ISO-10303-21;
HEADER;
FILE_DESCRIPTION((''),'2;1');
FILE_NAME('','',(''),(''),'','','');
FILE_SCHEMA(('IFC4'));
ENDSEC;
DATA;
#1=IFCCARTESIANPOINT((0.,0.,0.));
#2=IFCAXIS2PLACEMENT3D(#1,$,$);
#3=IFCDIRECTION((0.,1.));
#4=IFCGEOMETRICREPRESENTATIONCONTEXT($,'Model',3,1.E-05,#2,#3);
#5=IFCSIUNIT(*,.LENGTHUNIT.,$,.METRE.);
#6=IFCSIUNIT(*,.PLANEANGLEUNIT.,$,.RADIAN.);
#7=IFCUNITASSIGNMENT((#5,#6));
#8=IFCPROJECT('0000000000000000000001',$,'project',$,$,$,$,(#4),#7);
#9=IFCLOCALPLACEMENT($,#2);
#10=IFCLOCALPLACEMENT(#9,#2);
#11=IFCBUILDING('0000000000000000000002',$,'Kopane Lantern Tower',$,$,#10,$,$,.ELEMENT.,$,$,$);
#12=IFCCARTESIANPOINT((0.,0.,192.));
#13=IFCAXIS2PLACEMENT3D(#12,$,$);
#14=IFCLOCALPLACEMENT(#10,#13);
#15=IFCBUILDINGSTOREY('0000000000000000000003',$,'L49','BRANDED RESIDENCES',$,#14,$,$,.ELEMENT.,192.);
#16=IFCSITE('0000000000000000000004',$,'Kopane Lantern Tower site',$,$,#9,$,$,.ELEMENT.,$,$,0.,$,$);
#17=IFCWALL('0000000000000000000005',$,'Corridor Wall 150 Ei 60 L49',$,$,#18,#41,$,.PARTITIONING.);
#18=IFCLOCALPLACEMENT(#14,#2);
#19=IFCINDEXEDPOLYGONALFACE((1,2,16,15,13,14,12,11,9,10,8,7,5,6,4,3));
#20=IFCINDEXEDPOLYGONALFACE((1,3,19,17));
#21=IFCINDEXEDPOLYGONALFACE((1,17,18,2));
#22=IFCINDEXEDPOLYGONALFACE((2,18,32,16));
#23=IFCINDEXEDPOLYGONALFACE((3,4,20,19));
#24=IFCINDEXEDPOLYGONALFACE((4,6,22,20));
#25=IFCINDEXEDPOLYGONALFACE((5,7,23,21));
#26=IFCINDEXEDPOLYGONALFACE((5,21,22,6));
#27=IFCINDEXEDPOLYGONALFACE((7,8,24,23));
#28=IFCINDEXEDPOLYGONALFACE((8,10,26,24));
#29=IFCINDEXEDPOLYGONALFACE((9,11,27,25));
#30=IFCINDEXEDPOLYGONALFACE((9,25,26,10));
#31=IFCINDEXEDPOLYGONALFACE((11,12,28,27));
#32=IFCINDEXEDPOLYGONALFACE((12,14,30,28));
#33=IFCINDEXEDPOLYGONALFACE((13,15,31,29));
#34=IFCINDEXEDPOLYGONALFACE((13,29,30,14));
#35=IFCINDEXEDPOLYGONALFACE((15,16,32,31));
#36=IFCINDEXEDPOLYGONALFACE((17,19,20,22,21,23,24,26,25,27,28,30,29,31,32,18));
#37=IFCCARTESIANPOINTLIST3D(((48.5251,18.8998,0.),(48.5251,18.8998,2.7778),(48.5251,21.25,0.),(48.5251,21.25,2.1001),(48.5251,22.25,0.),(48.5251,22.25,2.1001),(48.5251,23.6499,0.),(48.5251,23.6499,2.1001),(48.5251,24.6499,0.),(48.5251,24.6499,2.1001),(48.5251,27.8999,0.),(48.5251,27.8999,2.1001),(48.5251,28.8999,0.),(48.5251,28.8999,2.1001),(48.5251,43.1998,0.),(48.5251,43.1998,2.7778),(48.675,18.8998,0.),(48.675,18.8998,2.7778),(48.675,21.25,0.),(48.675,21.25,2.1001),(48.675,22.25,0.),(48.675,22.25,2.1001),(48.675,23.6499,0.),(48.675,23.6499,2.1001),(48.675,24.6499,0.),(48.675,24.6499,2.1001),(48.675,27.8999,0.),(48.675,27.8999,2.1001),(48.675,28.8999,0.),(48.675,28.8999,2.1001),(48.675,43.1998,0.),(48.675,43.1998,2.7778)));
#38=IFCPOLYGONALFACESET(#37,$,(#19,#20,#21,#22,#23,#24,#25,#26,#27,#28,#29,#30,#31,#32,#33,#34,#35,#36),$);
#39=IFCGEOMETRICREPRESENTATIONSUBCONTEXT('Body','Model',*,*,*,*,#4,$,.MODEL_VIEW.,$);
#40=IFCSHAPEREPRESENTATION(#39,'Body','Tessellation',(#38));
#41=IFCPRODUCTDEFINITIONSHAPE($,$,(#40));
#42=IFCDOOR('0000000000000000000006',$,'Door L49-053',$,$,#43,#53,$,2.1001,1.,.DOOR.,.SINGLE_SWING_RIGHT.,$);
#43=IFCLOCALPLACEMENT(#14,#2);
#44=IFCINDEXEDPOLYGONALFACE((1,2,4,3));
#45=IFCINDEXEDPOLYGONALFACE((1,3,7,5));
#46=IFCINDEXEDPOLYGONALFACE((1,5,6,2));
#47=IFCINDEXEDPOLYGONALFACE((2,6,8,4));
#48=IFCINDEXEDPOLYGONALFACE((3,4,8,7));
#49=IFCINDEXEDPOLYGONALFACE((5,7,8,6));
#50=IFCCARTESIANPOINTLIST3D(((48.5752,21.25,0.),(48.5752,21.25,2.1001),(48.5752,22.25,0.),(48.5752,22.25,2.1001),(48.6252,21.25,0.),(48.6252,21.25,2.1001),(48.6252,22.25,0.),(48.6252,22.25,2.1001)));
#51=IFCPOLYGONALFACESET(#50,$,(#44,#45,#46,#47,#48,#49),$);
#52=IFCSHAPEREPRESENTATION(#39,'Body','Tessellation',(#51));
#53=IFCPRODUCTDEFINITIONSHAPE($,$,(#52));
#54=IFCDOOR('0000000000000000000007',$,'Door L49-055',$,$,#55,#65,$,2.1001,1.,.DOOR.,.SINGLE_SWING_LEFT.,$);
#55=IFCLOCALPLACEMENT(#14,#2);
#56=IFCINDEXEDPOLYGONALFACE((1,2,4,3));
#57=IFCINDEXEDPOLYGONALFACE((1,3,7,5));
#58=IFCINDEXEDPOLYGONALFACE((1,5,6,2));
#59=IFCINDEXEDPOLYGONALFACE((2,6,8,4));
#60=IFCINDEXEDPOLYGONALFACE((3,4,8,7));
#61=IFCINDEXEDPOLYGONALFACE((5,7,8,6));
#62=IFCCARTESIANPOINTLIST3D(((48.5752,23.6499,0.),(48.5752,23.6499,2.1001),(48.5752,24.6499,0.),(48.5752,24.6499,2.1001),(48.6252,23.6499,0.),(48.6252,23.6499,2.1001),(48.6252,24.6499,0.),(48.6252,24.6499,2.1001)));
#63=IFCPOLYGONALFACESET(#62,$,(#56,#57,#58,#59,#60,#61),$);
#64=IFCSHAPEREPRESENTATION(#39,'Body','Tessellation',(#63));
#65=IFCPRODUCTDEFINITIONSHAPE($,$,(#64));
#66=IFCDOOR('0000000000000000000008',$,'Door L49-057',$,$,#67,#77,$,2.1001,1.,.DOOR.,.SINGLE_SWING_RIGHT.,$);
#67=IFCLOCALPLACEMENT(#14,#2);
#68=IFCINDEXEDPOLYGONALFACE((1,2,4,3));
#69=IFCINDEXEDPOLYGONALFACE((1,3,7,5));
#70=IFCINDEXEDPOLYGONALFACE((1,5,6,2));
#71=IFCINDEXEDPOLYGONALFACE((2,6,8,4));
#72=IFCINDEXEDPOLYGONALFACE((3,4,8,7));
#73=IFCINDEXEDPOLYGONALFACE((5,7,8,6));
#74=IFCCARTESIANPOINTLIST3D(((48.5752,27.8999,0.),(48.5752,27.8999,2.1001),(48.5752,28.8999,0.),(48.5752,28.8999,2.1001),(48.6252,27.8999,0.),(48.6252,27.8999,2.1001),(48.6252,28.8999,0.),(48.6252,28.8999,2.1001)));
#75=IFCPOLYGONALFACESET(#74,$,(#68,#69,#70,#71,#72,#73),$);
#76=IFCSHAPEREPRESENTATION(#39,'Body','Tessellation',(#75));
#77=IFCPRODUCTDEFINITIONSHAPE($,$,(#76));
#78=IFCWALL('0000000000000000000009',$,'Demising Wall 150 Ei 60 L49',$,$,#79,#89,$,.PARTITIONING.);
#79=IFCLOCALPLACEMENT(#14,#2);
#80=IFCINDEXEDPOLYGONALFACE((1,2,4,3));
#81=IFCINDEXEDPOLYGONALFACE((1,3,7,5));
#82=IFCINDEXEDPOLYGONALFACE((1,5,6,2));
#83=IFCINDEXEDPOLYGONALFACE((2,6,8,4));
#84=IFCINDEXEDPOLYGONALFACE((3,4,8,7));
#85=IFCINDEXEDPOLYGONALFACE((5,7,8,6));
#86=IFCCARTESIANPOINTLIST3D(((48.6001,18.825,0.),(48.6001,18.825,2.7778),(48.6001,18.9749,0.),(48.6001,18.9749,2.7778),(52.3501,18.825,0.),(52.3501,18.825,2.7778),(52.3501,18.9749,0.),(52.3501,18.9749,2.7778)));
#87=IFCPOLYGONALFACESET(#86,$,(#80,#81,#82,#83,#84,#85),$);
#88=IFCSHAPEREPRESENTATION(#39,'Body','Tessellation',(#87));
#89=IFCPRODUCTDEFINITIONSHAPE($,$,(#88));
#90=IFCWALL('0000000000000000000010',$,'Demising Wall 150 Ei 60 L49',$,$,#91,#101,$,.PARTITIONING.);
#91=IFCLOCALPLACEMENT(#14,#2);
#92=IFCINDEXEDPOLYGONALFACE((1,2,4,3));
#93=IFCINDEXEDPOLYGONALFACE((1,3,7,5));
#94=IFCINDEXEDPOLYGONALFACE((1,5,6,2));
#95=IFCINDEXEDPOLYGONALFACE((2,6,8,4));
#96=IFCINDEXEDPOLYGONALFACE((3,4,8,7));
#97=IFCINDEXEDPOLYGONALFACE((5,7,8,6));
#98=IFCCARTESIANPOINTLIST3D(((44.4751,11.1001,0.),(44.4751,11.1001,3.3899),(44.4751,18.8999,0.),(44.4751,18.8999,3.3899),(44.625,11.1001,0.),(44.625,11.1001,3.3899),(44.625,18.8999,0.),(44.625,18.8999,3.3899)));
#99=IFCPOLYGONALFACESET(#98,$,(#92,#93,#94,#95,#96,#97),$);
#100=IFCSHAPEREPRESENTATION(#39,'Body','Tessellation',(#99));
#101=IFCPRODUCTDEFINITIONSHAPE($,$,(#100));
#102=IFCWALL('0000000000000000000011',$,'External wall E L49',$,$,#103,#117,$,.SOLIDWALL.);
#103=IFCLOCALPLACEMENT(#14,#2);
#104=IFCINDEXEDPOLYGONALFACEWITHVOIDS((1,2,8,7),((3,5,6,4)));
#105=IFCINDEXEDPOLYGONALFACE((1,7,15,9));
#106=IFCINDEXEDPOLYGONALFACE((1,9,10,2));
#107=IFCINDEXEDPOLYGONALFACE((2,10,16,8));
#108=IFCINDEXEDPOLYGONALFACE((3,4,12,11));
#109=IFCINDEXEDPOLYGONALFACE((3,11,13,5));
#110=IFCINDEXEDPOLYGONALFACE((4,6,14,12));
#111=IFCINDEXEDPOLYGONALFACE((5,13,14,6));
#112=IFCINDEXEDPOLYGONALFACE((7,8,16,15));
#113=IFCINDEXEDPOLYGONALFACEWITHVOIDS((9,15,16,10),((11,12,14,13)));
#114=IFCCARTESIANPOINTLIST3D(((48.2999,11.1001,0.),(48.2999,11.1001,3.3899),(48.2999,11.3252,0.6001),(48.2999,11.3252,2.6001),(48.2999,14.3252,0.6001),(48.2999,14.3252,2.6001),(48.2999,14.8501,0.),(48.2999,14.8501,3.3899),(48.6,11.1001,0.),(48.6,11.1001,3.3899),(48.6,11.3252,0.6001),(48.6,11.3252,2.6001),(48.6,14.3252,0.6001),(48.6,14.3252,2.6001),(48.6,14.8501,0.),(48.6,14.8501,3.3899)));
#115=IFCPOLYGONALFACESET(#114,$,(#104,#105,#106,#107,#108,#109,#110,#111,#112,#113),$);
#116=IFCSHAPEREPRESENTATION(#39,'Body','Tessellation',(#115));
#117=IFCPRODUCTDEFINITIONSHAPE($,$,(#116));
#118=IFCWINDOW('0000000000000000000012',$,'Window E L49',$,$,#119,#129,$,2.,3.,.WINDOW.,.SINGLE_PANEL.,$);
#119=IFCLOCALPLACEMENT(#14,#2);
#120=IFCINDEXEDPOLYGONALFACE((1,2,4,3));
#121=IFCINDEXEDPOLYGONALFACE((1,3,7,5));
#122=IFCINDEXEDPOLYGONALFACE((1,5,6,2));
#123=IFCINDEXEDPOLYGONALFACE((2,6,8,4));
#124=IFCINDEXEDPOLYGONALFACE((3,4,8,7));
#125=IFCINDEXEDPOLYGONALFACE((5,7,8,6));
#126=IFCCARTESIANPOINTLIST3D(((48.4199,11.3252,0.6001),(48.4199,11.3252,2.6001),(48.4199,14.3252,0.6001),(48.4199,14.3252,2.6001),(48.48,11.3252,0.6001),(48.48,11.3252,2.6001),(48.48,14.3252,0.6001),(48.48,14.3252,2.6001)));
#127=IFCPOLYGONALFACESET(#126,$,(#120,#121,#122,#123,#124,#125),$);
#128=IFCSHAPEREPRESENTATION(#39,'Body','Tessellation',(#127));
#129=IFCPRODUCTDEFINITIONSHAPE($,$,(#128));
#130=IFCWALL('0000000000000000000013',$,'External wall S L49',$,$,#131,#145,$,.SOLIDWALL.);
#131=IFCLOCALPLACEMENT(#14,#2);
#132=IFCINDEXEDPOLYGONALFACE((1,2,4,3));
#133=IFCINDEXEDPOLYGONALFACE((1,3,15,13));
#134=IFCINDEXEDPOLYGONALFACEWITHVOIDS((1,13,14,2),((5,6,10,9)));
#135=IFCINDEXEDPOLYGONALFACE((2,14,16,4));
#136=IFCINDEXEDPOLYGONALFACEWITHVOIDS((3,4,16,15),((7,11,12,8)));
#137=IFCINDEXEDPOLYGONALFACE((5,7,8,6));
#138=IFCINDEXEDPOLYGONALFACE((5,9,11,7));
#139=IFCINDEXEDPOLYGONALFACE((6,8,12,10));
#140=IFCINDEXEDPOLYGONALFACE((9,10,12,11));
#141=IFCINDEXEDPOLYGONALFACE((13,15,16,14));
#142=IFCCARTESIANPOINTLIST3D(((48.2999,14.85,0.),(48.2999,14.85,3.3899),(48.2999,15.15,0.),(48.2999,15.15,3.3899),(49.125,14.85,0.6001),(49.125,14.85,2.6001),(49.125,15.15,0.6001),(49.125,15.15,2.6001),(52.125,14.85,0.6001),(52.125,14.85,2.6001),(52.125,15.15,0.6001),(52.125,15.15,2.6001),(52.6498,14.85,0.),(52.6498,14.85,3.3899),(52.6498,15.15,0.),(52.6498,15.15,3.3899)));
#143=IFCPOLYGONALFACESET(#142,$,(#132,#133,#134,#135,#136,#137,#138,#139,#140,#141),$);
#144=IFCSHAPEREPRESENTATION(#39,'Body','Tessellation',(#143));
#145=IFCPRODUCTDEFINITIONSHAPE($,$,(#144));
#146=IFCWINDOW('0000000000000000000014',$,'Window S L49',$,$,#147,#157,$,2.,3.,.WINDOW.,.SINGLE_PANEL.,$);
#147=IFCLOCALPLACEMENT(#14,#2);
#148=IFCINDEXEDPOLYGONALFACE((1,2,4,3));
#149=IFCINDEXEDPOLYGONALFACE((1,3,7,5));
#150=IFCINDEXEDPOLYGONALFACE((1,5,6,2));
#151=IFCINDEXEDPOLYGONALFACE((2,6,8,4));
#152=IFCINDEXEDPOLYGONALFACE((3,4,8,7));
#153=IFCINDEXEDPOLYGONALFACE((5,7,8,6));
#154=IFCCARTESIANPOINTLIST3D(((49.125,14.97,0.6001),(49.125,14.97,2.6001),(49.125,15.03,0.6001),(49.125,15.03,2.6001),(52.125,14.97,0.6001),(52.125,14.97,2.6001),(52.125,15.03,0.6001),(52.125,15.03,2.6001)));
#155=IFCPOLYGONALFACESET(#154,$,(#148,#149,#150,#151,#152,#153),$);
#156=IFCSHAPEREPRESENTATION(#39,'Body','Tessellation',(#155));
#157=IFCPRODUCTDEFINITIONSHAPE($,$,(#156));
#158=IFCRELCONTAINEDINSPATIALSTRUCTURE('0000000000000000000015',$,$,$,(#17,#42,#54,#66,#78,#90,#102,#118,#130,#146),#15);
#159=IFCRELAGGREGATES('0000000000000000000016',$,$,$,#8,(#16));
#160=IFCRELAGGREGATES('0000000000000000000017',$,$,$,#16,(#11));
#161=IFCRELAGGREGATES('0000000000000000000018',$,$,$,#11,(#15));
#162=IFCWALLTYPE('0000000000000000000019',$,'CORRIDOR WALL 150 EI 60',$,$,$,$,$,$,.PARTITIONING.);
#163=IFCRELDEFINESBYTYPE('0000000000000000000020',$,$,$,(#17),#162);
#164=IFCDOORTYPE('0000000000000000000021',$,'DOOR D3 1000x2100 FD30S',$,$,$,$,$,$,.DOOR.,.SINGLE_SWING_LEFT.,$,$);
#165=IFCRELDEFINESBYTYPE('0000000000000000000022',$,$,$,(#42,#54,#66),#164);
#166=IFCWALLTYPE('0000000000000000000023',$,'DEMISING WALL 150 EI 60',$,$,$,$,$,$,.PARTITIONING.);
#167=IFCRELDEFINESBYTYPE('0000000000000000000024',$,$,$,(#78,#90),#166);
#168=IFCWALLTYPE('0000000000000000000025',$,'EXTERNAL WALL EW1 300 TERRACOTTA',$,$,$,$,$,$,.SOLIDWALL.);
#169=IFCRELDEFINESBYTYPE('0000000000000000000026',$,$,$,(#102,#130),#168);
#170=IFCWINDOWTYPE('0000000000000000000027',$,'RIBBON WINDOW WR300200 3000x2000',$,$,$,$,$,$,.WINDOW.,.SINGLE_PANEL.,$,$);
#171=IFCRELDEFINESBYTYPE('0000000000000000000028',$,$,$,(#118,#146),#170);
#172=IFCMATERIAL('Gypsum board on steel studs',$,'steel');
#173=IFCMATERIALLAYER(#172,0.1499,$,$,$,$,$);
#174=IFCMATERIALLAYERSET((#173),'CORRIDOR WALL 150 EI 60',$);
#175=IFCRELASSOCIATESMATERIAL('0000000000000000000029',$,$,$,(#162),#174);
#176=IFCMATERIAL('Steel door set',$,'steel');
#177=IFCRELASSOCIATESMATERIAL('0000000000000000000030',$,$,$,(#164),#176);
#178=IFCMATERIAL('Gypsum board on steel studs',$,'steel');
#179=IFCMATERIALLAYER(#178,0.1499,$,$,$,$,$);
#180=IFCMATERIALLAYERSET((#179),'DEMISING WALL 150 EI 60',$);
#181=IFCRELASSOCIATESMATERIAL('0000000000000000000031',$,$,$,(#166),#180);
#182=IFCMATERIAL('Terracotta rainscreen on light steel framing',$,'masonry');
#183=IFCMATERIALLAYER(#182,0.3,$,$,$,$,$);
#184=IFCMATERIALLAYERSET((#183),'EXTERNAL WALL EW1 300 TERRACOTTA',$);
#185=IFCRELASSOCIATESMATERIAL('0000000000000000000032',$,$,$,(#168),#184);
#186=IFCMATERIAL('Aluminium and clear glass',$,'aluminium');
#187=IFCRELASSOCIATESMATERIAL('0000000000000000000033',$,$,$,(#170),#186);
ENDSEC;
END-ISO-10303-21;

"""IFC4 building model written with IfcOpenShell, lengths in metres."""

from ifc_helpers import new_model, si_unit, direction, frame, frame_2d, origin, place, context, subcontext, project, spatial, rectangle, extrude, material, layer, layer_set, type_object, element, fill, save


model = new_model("IFC4")

# Units and contexts
model_context = context("Model", 3, precision=1e-05, world=origin(), true_north=direction((0.0, 1.0)))
body_context = subcontext(model_context, "Body", "Model", "MODEL_VIEW")
ifc_project = project(units=[si_unit("LENGTHUNIT", "METRE"), si_unit("PLANEANGLEUNIT", "RADIAN")], contexts=[model_context])

# Site, building, storey
site_placement = place(None, origin())
site = spatial("IfcSite", under=ifc_project, at=site_placement, Name="Kopane Lantern Tower site", CompositionType="ELEMENT", RefElevation=0.0)
building_placement = place(site_placement, origin())
building = spatial("IfcBuilding", under=site, at=building_placement, Name="Kopane Lantern Tower", CompositionType="ELEMENT")
storey_placement = place(building_placement, frame((0.0, 0.0, 192.0)))
storey = spatial("IfcBuildingStorey", under=building, at=storey_placement, Name="L49", Description="BRANDED RESIDENCES", CompositionType="ELEMENT", Elevation=192.0)

# Wall, openings, doors
ifc_material_1 = material(Name="Gypsum board on steel studs", Category="steel")
ifc_layer_1 = layer(ifc_material_1, 0.1499)
ifc_layer_set_1 = layer_set([ifc_layer_1], Name="CORRIDOR WALL 150 EI 60")
wall_type_1 = type_object("IfcWallType", Name="CORRIDOR WALL 150 EI 60", PredefinedType="PARTITIONING", material=ifc_layer_set_1)
wall_1_placement = place(storey_placement, frame((48.6001, 18.8999, 0.0), z_axis=(0.0, 0.0, 1.0), x_axis=(0.0, 1.0, 0.0)))
wall_1 = element("IfcWall", 1, at=wall_1_placement, inside=storey, type_object=wall_type_1, Name="Corridor Wall 150 Ei 60 L49", PredefinedType="PARTITIONING", context=body_context, shape_type="SweptSolid", body=[
    extrude(rectangle(XDim=24.3, YDim=0.1499, at=frame_2d((12.1499, 0.0))), origin(), (0.0, 0.0, 1.0), 2.7778),
])
opening_1_placement = place(wall_1_placement, frame((2.3501, 0.0, 0.0)))
opening_1 = element("IfcOpeningElement", 2, at=opening_1_placement, cuts=wall_1, PredefinedType="OPENING", context=body_context, shape_type="SweptSolid", body=[
    extrude(rectangle(XDim=1.0, YDim=2.1001, at=frame_2d((0.5, 1.05))), frame((0.0, 0.085, 0.0), z_axis=(0.0, -1.0, 0.0), x_axis=(1.0, 0.0, 0.0)), (0.0, 0.0, 1.0), 0.1699),
])
opening_2_placement = place(wall_1_placement, frame((4.75, 0.0, 0.0)))
opening_2 = element("IfcOpeningElement", 3, at=opening_2_placement, cuts=wall_1, PredefinedType="OPENING", context=body_context, shape_type="SweptSolid", body=[
    extrude(rectangle(XDim=1.0, YDim=2.1001, at=frame_2d((0.5, 1.05))), frame((0.0, 0.085, 0.0), z_axis=(0.0, -1.0, 0.0), x_axis=(1.0, 0.0, 0.0)), (0.0, 0.0, 1.0), 0.1699),
])
opening_3_placement = place(wall_1_placement, frame((9.0, 0.0, 0.0)))
opening_3 = element("IfcOpeningElement", 4, at=opening_3_placement, cuts=wall_1, PredefinedType="OPENING", context=body_context, shape_type="SweptSolid", body=[
    extrude(rectangle(XDim=1.0, YDim=2.1001, at=frame_2d((0.5, 1.05))), frame((0.0, 0.085, 0.0), z_axis=(0.0, -1.0, 0.0), x_axis=(1.0, 0.0, 0.0)), (0.0, 0.0, 1.0), 0.1699),
])
ifc_material_2 = material(Name="Steel door set", Category="steel")
door_type_1 = type_object("IfcDoorType", Name="DOOR D3 1000x2100 FD30S", OperationType="SINGLE_SWING_LEFT", PredefinedType="DOOR", material=ifc_material_2)
door_1_placement = place(opening_1_placement, origin())
door_1 = element("IfcDoor", 5, at=door_1_placement, inside=storey, type_object=door_type_1, Name="Door L49-053", OperationType="SINGLE_SWING_RIGHT", OverallHeight=2.1001, OverallWidth=1.0, PredefinedType="DOOR", context=body_context, shape_type="SweptSolid", body=[
    extrude(rectangle(XDim=1.0, YDim=2.1001, at=frame_2d((0.5, 1.05))), frame((0.0, 0.0249, 0.0), z_axis=(0.0, -1.0, 0.0), x_axis=(1.0, 0.0, 0.0)), (0.0, 0.0, 1.0), 0.05),
])
fill(opening_1, door_1)
door_2_placement = place(opening_2_placement, origin())
door_2 = element("IfcDoor", 6, at=door_2_placement, inside=storey, type_object=door_type_1, Name="Door L49-055", OperationType="SINGLE_SWING_LEFT", OverallHeight=2.1001, OverallWidth=1.0, PredefinedType="DOOR", context=body_context, shape_type="SweptSolid", body=[
    extrude(rectangle(XDim=1.0, YDim=2.1001, at=frame_2d((0.5, 1.05))), frame((0.0, 0.0249, 0.0), z_axis=(0.0, -1.0, 0.0), x_axis=(1.0, 0.0, 0.0)), (0.0, 0.0, 1.0), 0.05),
])
fill(opening_2, door_2)
door_3_placement = place(opening_3_placement, origin())
door_3 = element("IfcDoor", 7, at=door_3_placement, inside=storey, type_object=door_type_1, Name="Door L49-057", OperationType="SINGLE_SWING_RIGHT", OverallHeight=2.1001, OverallWidth=1.0, PredefinedType="DOOR", context=body_context, shape_type="SweptSolid", body=[
    extrude(rectangle(XDim=1.0, YDim=2.1001, at=frame_2d((0.5, 1.05))), frame((0.0, 0.0249, 0.0), z_axis=(0.0, -1.0, 0.0), x_axis=(1.0, 0.0, 0.0)), (0.0, 0.0, 1.0), 0.05),
])
fill(opening_3, door_3)

# Walls
ifc_material_3 = material(Name="Gypsum board on steel studs", Category="steel")
ifc_layer_2 = layer(ifc_material_3, 0.1499)
ifc_layer_set_2 = layer_set([ifc_layer_2], Name="DEMISING WALL 150 EI 60")
wall_type_2 = type_object("IfcWallType", Name="DEMISING WALL 150 EI 60", PredefinedType="PARTITIONING", material=ifc_layer_set_2)
wall_2_placement = place(storey_placement, frame((48.6001, 18.8999, 0.0), z_axis=(0.0, 0.0, 1.0), x_axis=(1.0, 0.0, 0.0)))
element("IfcWall", 8, at=wall_2_placement, inside=storey, type_object=wall_type_2, Name="Demising Wall 150 Ei 60 L49", PredefinedType="PARTITIONING", context=body_context, shape_type="SweptSolid", body=[
    extrude(rectangle(XDim=3.75, YDim=0.1499, at=frame_2d((1.875, 0.0))), origin(), (0.0, 0.0, 1.0), 2.7778),
])
wall_3_placement = place(storey_placement, frame((44.55, 18.8999, 0.0), z_axis=(0.0, 0.0, 1.0), x_axis=(0.0, -1.0, 0.0)))
element("IfcWall", 9, at=wall_3_placement, inside=storey, type_object=wall_type_2, Name="Demising Wall 150 Ei 60 L49", PredefinedType="PARTITIONING", context=body_context, shape_type="SweptSolid", body=[
    extrude(rectangle(XDim=7.7998, YDim=0.1499, at=frame_2d((3.8999, 0.0))), origin(), (0.0, 0.0, 1.0), 3.3899),
])

# Walls, openings, windows
ifc_material_4 = material(Name="Terracotta rainscreen on light steel framing", Category="masonry")
ifc_layer_3 = layer(ifc_material_4, 0.3)
ifc_layer_set_3 = layer_set([ifc_layer_3], Name="EXTERNAL WALL EW1 300 TERRACOTTA")
wall_type_3 = type_object("IfcWallType", Name="EXTERNAL WALL EW1 300 TERRACOTTA", PredefinedType="SOLIDWALL", material=ifc_layer_set_3)
wall_4_placement = place(storey_placement, frame((48.45, 11.1001, 0.0), z_axis=(0.0, 0.0, 1.0), x_axis=(0.0, 1.0, 0.0)))
wall_4 = element("IfcWall", 10, at=wall_4_placement, inside=storey, type_object=wall_type_3, Name="External wall E L49", PredefinedType="SOLIDWALL", context=body_context, shape_type="SweptSolid", body=[
    extrude(rectangle(XDim=3.75, YDim=0.3, at=frame_2d((1.875, 0.0))), origin(), (0.0, 0.0, 1.0), 3.3899),
])
opening_4_placement = place(wall_4_placement, frame((0.2251, 0.0, 0.6001)))
opening_4 = element("IfcOpeningElement", 11, at=opening_4_placement, cuts=wall_4, PredefinedType="OPENING", context=body_context, shape_type="SweptSolid", body=[
    extrude(rectangle(XDim=3.0, YDim=2.0, at=frame_2d((1.5, 1.0))), frame((0.0, 0.1599, 0.0), z_axis=(0.0, -1.0, 0.0), x_axis=(1.0, 0.0, 0.0)), (0.0, 0.0, 1.0), 0.3201),
])
ifc_material_5 = material(Name="Aluminium and clear glass", Category="aluminium")
window_type = type_object("IfcWindowType", Name="RIBBON WINDOW WR300200 3000x2000", PartitioningType="SINGLE_PANEL", PredefinedType="WINDOW", material=ifc_material_5)
window_1_placement = place(opening_4_placement, origin())
window_1 = element("IfcWindow", 12, at=window_1_placement, inside=storey, type_object=window_type, Name="Window E L49", OverallHeight=2.0, OverallWidth=3.0, PartitioningType="SINGLE_PANEL", PredefinedType="WINDOW", context=body_context, shape_type="SweptSolid", body=[
    extrude(rectangle(XDim=3.0, YDim=2.0, at=frame_2d((1.5, 1.0))), frame((0.0, 0.03, 0.0), z_axis=(0.0, -1.0, 0.0), x_axis=(1.0, 0.0, 0.0)), (0.0, 0.0, 1.0), 0.0601),
])
fill(opening_4, window_1)
wall_5_placement = place(storey_placement, frame((48.3, 15.0, 0.0), z_axis=(0.0, 0.0, 1.0), x_axis=(1.0, 0.0, 0.0)))
wall_5 = element("IfcWall", 13, at=wall_5_placement, inside=storey, type_object=wall_type_3, Name="External wall S L49", PredefinedType="SOLIDWALL", context=body_context, shape_type="SweptSolid", body=[
    extrude(rectangle(XDim=4.3499, YDim=0.3, at=frame_2d((2.1748, 0.0))), origin(), (0.0, 0.0, 1.0), 3.3899),
])
opening_5_placement = place(wall_5_placement, frame((0.825, 0.0, 0.6001)))
opening_5 = element("IfcOpeningElement", 14, at=opening_5_placement, cuts=wall_5, PredefinedType="OPENING", context=body_context, shape_type="SweptSolid", body=[
    extrude(rectangle(XDim=3.0, YDim=2.0, at=frame_2d((1.5, 1.0))), frame((0.0, 0.1599, 0.0), z_axis=(0.0, -1.0, 0.0), x_axis=(1.0, 0.0, 0.0)), (0.0, 0.0, 1.0), 0.3201),
])
window_2_placement = place(opening_5_placement, origin())
window_2 = element("IfcWindow", 15, at=window_2_placement, inside=storey, type_object=window_type, Name="Window S L49", OverallHeight=2.0, OverallWidth=3.0, PartitioningType="SINGLE_PANEL", PredefinedType="WINDOW", context=body_context, shape_type="SweptSolid", body=[
    extrude(rectangle(XDim=3.0, YDim=2.0, at=frame_2d((1.5, 1.0))), frame((0.0, 0.03, 0.0), z_axis=(0.0, -1.0, 0.0), x_axis=(1.0, 0.0, 0.0)), (0.0, 0.0, 1.0), 0.0601),
])
fill(opening_5, window_2)

save(model, "model.ifc")
